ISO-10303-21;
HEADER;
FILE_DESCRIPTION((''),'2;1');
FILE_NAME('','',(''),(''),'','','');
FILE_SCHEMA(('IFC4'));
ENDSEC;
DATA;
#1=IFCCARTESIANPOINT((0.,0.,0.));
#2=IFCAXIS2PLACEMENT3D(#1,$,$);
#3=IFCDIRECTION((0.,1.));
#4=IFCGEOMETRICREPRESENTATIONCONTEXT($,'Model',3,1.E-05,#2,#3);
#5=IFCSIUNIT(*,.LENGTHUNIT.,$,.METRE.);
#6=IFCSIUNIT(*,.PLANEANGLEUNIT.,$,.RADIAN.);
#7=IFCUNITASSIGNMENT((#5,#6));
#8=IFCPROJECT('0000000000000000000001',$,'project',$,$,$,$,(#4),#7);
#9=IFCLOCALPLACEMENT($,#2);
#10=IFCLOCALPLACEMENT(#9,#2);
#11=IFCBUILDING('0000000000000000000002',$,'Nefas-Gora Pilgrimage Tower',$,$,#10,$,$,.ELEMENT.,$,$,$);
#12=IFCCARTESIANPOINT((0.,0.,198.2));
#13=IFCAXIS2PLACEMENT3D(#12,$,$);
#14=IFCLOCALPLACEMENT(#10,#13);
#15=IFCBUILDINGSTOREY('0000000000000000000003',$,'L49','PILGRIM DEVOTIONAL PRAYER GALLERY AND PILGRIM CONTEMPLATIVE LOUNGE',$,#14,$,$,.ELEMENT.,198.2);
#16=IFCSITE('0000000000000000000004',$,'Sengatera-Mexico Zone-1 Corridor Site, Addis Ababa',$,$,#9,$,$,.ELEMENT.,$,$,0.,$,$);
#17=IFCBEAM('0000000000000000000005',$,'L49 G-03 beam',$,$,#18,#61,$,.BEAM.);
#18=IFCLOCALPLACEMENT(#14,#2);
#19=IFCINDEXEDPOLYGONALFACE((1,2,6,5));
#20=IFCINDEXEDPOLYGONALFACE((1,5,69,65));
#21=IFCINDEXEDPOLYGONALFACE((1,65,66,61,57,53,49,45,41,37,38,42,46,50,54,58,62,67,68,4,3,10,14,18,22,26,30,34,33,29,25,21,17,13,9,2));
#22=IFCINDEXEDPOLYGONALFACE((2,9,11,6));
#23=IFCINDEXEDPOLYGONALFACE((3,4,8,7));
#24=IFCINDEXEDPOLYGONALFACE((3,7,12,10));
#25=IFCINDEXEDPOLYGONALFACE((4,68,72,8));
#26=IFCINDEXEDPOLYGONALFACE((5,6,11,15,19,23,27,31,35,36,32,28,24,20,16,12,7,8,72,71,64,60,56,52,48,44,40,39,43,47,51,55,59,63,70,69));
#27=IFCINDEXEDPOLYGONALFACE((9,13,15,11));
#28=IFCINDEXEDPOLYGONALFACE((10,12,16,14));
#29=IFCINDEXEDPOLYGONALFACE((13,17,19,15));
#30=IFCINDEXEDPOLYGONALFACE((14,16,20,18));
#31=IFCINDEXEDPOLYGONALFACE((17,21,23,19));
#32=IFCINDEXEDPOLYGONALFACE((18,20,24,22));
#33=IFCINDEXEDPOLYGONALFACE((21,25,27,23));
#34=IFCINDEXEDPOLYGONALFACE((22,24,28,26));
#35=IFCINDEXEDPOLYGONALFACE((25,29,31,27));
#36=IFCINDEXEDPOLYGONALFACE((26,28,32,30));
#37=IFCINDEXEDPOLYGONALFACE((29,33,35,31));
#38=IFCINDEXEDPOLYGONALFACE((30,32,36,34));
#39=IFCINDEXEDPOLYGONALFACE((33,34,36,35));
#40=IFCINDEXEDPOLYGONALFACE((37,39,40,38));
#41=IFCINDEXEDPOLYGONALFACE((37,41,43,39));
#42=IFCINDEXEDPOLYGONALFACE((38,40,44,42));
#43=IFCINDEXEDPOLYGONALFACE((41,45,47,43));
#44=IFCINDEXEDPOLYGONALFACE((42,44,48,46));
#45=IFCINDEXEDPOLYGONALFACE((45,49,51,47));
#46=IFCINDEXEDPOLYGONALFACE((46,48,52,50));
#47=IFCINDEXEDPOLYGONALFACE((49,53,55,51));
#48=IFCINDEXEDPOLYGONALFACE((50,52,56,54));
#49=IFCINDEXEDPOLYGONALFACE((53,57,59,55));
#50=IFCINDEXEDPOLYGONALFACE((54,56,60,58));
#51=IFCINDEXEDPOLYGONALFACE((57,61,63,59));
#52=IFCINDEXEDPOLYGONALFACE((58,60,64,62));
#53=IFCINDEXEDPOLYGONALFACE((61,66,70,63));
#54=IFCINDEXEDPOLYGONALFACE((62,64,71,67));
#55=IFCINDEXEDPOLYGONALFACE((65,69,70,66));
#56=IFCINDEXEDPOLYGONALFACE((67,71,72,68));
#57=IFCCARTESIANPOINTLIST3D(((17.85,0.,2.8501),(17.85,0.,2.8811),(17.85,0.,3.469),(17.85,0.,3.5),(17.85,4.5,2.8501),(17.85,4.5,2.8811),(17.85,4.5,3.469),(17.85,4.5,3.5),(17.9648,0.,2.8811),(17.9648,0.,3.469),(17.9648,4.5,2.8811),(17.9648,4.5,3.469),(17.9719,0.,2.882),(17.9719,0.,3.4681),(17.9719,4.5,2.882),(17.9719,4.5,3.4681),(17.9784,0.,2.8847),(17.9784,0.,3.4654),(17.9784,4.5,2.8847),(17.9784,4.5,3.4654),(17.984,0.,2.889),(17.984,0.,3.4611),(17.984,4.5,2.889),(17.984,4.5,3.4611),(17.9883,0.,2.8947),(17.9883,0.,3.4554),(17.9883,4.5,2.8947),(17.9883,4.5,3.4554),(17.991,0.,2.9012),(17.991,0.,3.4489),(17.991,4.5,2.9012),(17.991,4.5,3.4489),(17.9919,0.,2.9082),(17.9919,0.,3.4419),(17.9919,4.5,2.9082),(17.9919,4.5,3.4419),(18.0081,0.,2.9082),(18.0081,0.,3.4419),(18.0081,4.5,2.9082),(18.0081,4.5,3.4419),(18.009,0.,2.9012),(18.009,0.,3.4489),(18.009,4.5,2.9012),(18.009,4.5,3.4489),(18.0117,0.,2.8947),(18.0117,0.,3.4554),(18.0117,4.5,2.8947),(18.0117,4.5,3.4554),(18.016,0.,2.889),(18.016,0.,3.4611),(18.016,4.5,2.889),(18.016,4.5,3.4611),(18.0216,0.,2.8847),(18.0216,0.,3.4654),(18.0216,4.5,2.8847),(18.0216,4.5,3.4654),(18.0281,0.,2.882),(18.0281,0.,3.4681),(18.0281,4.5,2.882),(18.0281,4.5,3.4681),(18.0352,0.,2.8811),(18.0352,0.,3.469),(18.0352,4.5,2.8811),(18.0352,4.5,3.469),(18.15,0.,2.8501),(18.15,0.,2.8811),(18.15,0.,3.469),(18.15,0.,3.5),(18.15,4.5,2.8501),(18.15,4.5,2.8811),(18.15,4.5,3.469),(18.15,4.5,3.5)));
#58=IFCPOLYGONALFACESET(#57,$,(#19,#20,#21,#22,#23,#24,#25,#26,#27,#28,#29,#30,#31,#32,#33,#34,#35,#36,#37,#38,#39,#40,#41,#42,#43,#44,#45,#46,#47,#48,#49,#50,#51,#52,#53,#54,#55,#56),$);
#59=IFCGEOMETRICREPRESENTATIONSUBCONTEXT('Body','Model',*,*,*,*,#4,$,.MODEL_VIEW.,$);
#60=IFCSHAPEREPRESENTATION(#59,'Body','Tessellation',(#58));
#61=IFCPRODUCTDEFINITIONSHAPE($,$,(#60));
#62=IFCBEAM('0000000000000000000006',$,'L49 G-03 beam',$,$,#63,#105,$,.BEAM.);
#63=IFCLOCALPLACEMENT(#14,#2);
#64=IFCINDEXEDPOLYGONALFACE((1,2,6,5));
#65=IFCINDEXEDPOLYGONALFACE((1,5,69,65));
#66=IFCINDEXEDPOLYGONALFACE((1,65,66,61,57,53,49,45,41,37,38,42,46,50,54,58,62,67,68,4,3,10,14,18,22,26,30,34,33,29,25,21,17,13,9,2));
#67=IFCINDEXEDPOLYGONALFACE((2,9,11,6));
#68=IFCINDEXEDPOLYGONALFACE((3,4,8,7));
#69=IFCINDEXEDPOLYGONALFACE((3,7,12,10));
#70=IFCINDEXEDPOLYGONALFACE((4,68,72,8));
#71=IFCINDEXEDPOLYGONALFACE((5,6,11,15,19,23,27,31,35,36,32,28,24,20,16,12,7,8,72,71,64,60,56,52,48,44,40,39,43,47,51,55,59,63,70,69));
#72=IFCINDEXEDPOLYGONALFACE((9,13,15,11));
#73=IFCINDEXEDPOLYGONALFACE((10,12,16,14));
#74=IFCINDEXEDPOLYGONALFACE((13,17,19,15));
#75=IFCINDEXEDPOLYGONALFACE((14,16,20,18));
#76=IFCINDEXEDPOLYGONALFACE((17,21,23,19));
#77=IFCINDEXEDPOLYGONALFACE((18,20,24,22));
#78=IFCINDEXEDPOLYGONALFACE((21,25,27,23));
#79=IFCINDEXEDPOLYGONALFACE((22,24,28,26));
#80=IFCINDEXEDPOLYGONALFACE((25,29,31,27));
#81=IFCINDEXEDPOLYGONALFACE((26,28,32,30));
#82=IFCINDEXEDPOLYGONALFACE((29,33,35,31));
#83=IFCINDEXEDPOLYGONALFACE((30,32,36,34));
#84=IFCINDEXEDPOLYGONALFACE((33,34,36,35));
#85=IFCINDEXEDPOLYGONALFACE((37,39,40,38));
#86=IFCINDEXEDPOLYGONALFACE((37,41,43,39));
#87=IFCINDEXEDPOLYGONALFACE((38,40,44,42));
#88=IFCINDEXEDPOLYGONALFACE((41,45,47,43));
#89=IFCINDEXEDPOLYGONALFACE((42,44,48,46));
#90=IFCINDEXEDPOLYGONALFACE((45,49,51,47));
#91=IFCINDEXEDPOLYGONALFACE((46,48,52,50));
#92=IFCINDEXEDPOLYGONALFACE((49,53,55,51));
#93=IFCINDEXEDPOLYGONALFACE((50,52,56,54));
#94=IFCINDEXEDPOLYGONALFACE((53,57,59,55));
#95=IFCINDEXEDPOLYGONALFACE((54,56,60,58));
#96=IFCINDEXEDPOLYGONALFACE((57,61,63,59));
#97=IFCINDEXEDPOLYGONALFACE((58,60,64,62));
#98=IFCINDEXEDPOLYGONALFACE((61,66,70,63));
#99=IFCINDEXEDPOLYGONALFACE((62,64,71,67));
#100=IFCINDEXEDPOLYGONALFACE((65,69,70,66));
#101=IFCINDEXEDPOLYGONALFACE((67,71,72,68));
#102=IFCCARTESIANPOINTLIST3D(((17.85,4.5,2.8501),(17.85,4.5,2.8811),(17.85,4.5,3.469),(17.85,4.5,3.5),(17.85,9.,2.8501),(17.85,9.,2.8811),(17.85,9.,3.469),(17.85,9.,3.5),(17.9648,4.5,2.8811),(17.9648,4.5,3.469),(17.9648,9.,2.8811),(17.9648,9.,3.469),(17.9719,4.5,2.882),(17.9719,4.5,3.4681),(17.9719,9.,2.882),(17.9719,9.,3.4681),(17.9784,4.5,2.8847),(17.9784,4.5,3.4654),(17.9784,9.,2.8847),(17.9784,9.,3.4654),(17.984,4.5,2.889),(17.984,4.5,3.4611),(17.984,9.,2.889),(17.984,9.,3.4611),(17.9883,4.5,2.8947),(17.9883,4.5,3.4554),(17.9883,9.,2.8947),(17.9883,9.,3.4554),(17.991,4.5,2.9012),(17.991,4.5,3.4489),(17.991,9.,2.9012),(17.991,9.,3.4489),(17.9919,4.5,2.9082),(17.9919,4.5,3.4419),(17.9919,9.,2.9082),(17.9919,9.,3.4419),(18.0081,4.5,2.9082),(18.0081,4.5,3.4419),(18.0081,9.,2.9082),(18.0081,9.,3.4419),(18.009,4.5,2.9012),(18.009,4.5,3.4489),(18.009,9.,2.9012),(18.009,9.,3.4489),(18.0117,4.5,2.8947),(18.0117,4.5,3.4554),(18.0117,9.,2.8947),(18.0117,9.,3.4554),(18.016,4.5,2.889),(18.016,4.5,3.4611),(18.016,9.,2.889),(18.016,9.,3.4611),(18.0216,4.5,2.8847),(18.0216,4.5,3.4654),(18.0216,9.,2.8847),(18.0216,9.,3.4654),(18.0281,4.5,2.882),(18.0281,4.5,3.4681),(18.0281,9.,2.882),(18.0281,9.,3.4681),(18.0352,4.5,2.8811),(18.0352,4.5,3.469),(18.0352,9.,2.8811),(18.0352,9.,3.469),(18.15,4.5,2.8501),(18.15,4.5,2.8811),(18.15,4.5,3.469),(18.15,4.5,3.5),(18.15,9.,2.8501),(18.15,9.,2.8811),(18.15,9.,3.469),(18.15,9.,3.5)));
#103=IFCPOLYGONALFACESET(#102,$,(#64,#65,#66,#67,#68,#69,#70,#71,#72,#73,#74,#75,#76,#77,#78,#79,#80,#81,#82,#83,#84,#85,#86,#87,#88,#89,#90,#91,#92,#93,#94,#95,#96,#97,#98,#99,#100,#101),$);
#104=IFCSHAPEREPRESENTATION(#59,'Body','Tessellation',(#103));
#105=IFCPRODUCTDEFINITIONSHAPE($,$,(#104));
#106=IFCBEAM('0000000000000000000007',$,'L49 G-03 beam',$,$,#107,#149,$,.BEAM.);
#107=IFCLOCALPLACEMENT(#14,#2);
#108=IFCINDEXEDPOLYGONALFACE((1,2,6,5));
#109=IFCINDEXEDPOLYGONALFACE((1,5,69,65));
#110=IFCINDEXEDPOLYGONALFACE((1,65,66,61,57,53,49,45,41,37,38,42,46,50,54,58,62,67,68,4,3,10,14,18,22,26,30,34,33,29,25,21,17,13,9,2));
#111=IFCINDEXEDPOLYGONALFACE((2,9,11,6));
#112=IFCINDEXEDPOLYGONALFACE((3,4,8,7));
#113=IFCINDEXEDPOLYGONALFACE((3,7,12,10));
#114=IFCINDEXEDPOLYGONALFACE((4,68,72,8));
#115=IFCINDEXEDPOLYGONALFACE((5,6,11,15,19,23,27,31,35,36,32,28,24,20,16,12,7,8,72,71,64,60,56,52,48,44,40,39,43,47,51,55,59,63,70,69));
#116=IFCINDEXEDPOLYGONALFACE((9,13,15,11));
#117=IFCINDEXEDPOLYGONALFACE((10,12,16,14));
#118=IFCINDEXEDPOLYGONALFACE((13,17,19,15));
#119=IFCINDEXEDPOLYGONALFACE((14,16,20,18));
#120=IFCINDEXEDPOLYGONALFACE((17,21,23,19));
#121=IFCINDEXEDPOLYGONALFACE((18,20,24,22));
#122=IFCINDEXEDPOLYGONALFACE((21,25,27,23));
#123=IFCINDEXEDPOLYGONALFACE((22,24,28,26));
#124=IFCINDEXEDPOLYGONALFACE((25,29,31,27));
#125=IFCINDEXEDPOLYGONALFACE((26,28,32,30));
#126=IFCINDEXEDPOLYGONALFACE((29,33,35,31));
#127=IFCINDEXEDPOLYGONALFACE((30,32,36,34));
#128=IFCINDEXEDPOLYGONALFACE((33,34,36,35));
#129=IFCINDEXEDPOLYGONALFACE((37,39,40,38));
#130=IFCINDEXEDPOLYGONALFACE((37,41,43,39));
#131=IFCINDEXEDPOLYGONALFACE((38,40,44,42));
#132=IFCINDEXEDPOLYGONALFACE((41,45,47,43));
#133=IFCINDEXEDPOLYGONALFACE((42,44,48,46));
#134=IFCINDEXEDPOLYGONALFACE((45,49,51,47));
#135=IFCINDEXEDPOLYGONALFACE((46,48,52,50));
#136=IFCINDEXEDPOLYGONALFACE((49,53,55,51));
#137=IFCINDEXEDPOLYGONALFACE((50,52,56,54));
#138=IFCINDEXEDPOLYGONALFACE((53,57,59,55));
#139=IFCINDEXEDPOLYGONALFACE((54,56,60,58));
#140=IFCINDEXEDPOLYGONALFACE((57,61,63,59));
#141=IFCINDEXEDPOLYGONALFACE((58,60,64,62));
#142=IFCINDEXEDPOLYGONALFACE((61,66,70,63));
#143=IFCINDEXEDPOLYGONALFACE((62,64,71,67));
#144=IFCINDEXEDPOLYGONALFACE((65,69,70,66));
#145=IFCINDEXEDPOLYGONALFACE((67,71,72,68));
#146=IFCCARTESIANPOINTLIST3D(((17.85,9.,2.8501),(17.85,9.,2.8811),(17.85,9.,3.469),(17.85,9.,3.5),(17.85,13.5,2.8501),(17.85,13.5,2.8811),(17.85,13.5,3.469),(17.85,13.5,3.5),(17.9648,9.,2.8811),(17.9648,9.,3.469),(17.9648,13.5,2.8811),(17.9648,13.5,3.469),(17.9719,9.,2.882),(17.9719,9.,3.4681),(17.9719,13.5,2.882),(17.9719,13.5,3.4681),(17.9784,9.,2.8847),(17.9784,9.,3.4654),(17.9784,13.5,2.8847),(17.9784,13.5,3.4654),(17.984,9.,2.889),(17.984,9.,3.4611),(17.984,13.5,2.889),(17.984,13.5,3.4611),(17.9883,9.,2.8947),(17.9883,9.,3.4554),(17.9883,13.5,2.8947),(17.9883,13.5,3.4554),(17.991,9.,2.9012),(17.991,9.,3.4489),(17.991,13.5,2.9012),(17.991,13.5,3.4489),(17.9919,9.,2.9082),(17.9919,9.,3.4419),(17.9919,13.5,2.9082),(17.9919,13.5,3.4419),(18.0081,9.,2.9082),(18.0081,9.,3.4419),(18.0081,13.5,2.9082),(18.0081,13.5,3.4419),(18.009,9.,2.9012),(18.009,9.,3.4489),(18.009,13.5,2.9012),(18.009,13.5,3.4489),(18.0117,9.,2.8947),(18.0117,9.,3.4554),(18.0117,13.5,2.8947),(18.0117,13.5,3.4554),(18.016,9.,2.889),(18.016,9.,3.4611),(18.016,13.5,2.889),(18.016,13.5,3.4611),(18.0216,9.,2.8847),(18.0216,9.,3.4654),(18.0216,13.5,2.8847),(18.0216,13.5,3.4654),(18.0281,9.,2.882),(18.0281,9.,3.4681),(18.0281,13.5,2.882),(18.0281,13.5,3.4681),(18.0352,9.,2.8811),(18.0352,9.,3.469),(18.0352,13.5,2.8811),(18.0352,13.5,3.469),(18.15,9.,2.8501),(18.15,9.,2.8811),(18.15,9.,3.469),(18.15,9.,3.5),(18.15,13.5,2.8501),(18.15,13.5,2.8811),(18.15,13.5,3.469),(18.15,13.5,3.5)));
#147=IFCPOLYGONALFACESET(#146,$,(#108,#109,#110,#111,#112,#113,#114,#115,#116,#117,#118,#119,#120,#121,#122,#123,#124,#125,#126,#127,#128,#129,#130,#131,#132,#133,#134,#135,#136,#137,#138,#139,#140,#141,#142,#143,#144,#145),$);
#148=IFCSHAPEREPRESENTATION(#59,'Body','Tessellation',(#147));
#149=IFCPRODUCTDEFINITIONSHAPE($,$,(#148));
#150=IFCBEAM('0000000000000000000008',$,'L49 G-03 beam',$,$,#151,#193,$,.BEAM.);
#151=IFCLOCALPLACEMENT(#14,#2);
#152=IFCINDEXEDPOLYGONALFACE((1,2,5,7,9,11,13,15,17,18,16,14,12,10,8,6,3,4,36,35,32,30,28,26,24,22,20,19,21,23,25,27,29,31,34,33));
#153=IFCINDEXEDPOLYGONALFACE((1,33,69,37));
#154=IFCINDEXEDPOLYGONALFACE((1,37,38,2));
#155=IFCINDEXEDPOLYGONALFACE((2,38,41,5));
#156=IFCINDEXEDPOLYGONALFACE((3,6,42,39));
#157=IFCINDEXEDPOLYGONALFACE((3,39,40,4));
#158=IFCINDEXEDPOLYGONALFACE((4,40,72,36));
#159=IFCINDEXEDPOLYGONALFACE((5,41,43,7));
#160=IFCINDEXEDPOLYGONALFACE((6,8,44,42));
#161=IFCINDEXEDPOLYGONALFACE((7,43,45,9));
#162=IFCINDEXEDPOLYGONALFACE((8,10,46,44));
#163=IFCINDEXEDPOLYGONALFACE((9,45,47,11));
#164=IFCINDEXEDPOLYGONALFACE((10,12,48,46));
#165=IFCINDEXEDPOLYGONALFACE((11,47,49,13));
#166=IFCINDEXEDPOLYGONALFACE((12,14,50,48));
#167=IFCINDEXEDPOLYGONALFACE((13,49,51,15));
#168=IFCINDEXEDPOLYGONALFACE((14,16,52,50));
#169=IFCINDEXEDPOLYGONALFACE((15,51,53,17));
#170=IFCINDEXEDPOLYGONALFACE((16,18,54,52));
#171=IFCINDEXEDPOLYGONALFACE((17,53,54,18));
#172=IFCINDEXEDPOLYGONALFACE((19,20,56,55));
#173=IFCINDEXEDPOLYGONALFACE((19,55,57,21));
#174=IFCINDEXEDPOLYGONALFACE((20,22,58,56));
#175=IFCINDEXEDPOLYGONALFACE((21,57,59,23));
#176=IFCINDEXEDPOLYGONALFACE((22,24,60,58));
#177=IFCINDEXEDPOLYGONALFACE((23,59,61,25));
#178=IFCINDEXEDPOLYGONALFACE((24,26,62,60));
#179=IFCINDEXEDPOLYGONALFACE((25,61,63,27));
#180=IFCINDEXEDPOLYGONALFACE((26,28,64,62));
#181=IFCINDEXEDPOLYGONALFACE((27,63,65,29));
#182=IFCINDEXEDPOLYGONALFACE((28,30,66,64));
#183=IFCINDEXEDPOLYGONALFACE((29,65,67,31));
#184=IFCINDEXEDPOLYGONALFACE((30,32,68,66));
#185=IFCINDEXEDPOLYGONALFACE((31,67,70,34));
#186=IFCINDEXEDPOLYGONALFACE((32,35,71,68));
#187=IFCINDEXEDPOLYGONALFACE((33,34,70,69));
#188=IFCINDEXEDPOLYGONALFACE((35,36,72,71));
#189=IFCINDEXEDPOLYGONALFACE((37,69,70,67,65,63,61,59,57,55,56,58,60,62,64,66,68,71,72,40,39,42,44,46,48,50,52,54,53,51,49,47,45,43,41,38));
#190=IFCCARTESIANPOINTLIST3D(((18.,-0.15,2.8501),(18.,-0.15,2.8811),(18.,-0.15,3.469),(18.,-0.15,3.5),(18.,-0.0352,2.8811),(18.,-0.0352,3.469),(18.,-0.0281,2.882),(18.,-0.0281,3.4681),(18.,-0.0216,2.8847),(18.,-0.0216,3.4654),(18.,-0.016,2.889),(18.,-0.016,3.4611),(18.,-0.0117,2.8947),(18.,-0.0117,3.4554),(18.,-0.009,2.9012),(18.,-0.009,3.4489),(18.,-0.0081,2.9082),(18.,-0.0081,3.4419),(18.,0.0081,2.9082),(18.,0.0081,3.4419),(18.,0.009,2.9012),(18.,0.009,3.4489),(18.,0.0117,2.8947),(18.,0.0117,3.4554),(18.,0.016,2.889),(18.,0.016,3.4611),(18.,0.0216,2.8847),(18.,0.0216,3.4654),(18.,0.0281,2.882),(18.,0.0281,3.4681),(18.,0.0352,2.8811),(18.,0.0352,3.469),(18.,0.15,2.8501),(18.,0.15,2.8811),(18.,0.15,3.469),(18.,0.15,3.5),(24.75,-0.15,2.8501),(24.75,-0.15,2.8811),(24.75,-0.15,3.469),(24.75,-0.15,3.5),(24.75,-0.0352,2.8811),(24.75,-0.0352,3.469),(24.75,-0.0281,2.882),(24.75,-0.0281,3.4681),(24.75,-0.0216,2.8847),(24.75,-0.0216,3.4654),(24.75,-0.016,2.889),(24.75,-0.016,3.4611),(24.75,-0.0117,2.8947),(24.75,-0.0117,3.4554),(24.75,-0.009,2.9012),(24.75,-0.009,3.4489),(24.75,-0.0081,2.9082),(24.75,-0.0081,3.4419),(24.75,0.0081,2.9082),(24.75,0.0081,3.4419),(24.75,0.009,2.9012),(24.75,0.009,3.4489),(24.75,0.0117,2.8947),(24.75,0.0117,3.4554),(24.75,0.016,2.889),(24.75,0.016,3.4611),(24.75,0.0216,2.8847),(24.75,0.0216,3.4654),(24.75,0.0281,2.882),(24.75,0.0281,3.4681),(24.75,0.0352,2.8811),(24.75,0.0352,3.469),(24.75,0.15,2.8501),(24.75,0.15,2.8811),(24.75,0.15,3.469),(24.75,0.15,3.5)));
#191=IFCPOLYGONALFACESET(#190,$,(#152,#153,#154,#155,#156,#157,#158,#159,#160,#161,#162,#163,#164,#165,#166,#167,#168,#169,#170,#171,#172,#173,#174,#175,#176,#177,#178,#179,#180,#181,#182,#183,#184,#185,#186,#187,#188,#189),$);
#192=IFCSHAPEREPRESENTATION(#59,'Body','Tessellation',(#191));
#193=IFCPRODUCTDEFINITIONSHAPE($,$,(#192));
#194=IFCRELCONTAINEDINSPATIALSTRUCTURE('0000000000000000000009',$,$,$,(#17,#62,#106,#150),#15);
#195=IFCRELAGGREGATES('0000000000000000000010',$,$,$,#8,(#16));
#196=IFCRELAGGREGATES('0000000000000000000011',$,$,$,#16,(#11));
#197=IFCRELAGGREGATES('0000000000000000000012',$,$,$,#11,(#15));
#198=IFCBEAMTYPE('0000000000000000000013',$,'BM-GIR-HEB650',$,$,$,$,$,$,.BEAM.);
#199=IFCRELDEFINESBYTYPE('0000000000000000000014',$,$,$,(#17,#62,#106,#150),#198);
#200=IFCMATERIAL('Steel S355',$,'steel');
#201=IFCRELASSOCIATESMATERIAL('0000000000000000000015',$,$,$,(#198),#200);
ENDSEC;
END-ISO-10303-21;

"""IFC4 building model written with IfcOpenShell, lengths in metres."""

from ifc_helpers import new_model, si_unit, direction, frame, origin, origin_2d, place, context, subcontext, project, spatial, i_section, extrude, source, transform, mapped, material, material_profile, profile_set, type_object, element, save


model = new_model("IFC4")

# Units and contexts
model_context = context("Model", 3, precision=1e-05, world=origin(), true_north=direction((0.0, 1.0)))
body_context = subcontext(model_context, "Body", "Model", "MODEL_VIEW")
ifc_project = project(units=[si_unit("LENGTHUNIT", "METRE"), si_unit("PLANEANGLEUNIT", "RADIAN")], contexts=[model_context])

# Site, building, storey
site_placement = place(None, origin())
site = spatial("IfcSite", under=ifc_project, at=site_placement, Name="Sengatera-Mexico Zone-1 Corridor Site, Addis Ababa", CompositionType="ELEMENT", RefElevation=0.0)
building_placement = place(site_placement, origin())
building = spatial("IfcBuilding", under=site, at=building_placement, Name="Nefas-Gora Pilgrimage Tower", CompositionType="ELEMENT")
storey_placement = place(building_placement, frame((0.0, 0.0, 198.2)))
storey = spatial("IfcBuildingStorey", under=building, at=storey_placement, Name="L49", Description="PILGRIM DEVOTIONAL PRAYER GALLERY AND PILGRIM CONTEMPLATIVE LOUNGE", CompositionType="ELEMENT", Elevation=198.2)

# Beams
ifc_material_1 = material(Name="Steel S355", Category="steel")
ifc_material_profile_1 = material_profile(ifc_material_1, i_section(OverallWidth=0.3, OverallDepth=0.6499, WebThickness=0.0161, FlangeThickness=0.031, FilletRadius=0.0271, at=origin_2d()), Name="HEB 650")
ifc_profile_set_1 = profile_set([ifc_material_profile_1], Name="Steel S355")
beam_type_1 = type_object("IfcBeamType", Name="BM-GIR-HEB650", PredefinedType="BEAM", material=ifc_profile_set_1)
shared_shape_1 = source(origin(), body_context, "Body", "SweptSolid", [
    extrude(i_section(OverallWidth=0.3, OverallDepth=0.6499, WebThickness=0.0161, FlangeThickness=0.031, FilletRadius=0.0271, at=origin_2d()), origin(), (0.0, 0.0, 1.0), 4.5),
])
for number, where, z_axis, x_axis, name in (
    (1, (18.0, 0.0, 3.175), (0.0, 1.0, 0.0), (-1.0, 0.0, 0.0), "L49 G-03 beam"),
    (2, (18.0, 4.5, 3.175), (0.0, 1.0, 0.0), (-1.0, 0.0, 0.0), "L49 G-03 beam"),
    (3, (18.0, 9.0, 3.175), (0.0, 1.0, 0.0), (-1.0, 0.0, 0.0), "L49 G-03 beam"),
):
    element("IfcBeam", number, at=place(storey_placement, frame(where, z_axis=z_axis, x_axis=x_axis)), inside=storey, type_object=beam_type_1, Name=name, PredefinedType="BEAM", context=body_context, shape_type="MappedRepresentation", body=[
        mapped(shared_shape_1, transform((0.0, 0.0, 0.0), x_axis=(1.0, 0.0, 0.0), y_axis=(0.0, 1.0, 0.0), z_axis=(0.0, 0.0, 1.0), scale=1.0)),
    ])
shared_shape_2 = source(origin(), body_context, "Body", "SweptSolid", [
    extrude(i_section(OverallWidth=0.3, OverallDepth=0.6499, WebThickness=0.0161, FlangeThickness=0.031, FilletRadius=0.0271, at=origin_2d()), origin(), (0.0, 0.0, 1.0), 6.75),
])
for number, where, z_axis, x_axis, name in (
    (4, (18.0, 0.0, 3.175), (1.0, 0.0, 0.0), (0.0, 1.0, 0.0), "L49 G-03 beam"),
):
    element("IfcBeam", number, at=place(storey_placement, frame(where, z_axis=z_axis, x_axis=x_axis)), inside=storey, type_object=beam_type_1, Name=name, PredefinedType="BEAM", context=body_context, shape_type="MappedRepresentation", body=[
        mapped(shared_shape_2, transform((0.0, 0.0, 0.0), x_axis=(1.0, 0.0, 0.0), y_axis=(0.0, 1.0, 0.0), z_axis=(0.0, 0.0, 1.0), scale=1.0)),
    ])

save(model, "model.ifc")
